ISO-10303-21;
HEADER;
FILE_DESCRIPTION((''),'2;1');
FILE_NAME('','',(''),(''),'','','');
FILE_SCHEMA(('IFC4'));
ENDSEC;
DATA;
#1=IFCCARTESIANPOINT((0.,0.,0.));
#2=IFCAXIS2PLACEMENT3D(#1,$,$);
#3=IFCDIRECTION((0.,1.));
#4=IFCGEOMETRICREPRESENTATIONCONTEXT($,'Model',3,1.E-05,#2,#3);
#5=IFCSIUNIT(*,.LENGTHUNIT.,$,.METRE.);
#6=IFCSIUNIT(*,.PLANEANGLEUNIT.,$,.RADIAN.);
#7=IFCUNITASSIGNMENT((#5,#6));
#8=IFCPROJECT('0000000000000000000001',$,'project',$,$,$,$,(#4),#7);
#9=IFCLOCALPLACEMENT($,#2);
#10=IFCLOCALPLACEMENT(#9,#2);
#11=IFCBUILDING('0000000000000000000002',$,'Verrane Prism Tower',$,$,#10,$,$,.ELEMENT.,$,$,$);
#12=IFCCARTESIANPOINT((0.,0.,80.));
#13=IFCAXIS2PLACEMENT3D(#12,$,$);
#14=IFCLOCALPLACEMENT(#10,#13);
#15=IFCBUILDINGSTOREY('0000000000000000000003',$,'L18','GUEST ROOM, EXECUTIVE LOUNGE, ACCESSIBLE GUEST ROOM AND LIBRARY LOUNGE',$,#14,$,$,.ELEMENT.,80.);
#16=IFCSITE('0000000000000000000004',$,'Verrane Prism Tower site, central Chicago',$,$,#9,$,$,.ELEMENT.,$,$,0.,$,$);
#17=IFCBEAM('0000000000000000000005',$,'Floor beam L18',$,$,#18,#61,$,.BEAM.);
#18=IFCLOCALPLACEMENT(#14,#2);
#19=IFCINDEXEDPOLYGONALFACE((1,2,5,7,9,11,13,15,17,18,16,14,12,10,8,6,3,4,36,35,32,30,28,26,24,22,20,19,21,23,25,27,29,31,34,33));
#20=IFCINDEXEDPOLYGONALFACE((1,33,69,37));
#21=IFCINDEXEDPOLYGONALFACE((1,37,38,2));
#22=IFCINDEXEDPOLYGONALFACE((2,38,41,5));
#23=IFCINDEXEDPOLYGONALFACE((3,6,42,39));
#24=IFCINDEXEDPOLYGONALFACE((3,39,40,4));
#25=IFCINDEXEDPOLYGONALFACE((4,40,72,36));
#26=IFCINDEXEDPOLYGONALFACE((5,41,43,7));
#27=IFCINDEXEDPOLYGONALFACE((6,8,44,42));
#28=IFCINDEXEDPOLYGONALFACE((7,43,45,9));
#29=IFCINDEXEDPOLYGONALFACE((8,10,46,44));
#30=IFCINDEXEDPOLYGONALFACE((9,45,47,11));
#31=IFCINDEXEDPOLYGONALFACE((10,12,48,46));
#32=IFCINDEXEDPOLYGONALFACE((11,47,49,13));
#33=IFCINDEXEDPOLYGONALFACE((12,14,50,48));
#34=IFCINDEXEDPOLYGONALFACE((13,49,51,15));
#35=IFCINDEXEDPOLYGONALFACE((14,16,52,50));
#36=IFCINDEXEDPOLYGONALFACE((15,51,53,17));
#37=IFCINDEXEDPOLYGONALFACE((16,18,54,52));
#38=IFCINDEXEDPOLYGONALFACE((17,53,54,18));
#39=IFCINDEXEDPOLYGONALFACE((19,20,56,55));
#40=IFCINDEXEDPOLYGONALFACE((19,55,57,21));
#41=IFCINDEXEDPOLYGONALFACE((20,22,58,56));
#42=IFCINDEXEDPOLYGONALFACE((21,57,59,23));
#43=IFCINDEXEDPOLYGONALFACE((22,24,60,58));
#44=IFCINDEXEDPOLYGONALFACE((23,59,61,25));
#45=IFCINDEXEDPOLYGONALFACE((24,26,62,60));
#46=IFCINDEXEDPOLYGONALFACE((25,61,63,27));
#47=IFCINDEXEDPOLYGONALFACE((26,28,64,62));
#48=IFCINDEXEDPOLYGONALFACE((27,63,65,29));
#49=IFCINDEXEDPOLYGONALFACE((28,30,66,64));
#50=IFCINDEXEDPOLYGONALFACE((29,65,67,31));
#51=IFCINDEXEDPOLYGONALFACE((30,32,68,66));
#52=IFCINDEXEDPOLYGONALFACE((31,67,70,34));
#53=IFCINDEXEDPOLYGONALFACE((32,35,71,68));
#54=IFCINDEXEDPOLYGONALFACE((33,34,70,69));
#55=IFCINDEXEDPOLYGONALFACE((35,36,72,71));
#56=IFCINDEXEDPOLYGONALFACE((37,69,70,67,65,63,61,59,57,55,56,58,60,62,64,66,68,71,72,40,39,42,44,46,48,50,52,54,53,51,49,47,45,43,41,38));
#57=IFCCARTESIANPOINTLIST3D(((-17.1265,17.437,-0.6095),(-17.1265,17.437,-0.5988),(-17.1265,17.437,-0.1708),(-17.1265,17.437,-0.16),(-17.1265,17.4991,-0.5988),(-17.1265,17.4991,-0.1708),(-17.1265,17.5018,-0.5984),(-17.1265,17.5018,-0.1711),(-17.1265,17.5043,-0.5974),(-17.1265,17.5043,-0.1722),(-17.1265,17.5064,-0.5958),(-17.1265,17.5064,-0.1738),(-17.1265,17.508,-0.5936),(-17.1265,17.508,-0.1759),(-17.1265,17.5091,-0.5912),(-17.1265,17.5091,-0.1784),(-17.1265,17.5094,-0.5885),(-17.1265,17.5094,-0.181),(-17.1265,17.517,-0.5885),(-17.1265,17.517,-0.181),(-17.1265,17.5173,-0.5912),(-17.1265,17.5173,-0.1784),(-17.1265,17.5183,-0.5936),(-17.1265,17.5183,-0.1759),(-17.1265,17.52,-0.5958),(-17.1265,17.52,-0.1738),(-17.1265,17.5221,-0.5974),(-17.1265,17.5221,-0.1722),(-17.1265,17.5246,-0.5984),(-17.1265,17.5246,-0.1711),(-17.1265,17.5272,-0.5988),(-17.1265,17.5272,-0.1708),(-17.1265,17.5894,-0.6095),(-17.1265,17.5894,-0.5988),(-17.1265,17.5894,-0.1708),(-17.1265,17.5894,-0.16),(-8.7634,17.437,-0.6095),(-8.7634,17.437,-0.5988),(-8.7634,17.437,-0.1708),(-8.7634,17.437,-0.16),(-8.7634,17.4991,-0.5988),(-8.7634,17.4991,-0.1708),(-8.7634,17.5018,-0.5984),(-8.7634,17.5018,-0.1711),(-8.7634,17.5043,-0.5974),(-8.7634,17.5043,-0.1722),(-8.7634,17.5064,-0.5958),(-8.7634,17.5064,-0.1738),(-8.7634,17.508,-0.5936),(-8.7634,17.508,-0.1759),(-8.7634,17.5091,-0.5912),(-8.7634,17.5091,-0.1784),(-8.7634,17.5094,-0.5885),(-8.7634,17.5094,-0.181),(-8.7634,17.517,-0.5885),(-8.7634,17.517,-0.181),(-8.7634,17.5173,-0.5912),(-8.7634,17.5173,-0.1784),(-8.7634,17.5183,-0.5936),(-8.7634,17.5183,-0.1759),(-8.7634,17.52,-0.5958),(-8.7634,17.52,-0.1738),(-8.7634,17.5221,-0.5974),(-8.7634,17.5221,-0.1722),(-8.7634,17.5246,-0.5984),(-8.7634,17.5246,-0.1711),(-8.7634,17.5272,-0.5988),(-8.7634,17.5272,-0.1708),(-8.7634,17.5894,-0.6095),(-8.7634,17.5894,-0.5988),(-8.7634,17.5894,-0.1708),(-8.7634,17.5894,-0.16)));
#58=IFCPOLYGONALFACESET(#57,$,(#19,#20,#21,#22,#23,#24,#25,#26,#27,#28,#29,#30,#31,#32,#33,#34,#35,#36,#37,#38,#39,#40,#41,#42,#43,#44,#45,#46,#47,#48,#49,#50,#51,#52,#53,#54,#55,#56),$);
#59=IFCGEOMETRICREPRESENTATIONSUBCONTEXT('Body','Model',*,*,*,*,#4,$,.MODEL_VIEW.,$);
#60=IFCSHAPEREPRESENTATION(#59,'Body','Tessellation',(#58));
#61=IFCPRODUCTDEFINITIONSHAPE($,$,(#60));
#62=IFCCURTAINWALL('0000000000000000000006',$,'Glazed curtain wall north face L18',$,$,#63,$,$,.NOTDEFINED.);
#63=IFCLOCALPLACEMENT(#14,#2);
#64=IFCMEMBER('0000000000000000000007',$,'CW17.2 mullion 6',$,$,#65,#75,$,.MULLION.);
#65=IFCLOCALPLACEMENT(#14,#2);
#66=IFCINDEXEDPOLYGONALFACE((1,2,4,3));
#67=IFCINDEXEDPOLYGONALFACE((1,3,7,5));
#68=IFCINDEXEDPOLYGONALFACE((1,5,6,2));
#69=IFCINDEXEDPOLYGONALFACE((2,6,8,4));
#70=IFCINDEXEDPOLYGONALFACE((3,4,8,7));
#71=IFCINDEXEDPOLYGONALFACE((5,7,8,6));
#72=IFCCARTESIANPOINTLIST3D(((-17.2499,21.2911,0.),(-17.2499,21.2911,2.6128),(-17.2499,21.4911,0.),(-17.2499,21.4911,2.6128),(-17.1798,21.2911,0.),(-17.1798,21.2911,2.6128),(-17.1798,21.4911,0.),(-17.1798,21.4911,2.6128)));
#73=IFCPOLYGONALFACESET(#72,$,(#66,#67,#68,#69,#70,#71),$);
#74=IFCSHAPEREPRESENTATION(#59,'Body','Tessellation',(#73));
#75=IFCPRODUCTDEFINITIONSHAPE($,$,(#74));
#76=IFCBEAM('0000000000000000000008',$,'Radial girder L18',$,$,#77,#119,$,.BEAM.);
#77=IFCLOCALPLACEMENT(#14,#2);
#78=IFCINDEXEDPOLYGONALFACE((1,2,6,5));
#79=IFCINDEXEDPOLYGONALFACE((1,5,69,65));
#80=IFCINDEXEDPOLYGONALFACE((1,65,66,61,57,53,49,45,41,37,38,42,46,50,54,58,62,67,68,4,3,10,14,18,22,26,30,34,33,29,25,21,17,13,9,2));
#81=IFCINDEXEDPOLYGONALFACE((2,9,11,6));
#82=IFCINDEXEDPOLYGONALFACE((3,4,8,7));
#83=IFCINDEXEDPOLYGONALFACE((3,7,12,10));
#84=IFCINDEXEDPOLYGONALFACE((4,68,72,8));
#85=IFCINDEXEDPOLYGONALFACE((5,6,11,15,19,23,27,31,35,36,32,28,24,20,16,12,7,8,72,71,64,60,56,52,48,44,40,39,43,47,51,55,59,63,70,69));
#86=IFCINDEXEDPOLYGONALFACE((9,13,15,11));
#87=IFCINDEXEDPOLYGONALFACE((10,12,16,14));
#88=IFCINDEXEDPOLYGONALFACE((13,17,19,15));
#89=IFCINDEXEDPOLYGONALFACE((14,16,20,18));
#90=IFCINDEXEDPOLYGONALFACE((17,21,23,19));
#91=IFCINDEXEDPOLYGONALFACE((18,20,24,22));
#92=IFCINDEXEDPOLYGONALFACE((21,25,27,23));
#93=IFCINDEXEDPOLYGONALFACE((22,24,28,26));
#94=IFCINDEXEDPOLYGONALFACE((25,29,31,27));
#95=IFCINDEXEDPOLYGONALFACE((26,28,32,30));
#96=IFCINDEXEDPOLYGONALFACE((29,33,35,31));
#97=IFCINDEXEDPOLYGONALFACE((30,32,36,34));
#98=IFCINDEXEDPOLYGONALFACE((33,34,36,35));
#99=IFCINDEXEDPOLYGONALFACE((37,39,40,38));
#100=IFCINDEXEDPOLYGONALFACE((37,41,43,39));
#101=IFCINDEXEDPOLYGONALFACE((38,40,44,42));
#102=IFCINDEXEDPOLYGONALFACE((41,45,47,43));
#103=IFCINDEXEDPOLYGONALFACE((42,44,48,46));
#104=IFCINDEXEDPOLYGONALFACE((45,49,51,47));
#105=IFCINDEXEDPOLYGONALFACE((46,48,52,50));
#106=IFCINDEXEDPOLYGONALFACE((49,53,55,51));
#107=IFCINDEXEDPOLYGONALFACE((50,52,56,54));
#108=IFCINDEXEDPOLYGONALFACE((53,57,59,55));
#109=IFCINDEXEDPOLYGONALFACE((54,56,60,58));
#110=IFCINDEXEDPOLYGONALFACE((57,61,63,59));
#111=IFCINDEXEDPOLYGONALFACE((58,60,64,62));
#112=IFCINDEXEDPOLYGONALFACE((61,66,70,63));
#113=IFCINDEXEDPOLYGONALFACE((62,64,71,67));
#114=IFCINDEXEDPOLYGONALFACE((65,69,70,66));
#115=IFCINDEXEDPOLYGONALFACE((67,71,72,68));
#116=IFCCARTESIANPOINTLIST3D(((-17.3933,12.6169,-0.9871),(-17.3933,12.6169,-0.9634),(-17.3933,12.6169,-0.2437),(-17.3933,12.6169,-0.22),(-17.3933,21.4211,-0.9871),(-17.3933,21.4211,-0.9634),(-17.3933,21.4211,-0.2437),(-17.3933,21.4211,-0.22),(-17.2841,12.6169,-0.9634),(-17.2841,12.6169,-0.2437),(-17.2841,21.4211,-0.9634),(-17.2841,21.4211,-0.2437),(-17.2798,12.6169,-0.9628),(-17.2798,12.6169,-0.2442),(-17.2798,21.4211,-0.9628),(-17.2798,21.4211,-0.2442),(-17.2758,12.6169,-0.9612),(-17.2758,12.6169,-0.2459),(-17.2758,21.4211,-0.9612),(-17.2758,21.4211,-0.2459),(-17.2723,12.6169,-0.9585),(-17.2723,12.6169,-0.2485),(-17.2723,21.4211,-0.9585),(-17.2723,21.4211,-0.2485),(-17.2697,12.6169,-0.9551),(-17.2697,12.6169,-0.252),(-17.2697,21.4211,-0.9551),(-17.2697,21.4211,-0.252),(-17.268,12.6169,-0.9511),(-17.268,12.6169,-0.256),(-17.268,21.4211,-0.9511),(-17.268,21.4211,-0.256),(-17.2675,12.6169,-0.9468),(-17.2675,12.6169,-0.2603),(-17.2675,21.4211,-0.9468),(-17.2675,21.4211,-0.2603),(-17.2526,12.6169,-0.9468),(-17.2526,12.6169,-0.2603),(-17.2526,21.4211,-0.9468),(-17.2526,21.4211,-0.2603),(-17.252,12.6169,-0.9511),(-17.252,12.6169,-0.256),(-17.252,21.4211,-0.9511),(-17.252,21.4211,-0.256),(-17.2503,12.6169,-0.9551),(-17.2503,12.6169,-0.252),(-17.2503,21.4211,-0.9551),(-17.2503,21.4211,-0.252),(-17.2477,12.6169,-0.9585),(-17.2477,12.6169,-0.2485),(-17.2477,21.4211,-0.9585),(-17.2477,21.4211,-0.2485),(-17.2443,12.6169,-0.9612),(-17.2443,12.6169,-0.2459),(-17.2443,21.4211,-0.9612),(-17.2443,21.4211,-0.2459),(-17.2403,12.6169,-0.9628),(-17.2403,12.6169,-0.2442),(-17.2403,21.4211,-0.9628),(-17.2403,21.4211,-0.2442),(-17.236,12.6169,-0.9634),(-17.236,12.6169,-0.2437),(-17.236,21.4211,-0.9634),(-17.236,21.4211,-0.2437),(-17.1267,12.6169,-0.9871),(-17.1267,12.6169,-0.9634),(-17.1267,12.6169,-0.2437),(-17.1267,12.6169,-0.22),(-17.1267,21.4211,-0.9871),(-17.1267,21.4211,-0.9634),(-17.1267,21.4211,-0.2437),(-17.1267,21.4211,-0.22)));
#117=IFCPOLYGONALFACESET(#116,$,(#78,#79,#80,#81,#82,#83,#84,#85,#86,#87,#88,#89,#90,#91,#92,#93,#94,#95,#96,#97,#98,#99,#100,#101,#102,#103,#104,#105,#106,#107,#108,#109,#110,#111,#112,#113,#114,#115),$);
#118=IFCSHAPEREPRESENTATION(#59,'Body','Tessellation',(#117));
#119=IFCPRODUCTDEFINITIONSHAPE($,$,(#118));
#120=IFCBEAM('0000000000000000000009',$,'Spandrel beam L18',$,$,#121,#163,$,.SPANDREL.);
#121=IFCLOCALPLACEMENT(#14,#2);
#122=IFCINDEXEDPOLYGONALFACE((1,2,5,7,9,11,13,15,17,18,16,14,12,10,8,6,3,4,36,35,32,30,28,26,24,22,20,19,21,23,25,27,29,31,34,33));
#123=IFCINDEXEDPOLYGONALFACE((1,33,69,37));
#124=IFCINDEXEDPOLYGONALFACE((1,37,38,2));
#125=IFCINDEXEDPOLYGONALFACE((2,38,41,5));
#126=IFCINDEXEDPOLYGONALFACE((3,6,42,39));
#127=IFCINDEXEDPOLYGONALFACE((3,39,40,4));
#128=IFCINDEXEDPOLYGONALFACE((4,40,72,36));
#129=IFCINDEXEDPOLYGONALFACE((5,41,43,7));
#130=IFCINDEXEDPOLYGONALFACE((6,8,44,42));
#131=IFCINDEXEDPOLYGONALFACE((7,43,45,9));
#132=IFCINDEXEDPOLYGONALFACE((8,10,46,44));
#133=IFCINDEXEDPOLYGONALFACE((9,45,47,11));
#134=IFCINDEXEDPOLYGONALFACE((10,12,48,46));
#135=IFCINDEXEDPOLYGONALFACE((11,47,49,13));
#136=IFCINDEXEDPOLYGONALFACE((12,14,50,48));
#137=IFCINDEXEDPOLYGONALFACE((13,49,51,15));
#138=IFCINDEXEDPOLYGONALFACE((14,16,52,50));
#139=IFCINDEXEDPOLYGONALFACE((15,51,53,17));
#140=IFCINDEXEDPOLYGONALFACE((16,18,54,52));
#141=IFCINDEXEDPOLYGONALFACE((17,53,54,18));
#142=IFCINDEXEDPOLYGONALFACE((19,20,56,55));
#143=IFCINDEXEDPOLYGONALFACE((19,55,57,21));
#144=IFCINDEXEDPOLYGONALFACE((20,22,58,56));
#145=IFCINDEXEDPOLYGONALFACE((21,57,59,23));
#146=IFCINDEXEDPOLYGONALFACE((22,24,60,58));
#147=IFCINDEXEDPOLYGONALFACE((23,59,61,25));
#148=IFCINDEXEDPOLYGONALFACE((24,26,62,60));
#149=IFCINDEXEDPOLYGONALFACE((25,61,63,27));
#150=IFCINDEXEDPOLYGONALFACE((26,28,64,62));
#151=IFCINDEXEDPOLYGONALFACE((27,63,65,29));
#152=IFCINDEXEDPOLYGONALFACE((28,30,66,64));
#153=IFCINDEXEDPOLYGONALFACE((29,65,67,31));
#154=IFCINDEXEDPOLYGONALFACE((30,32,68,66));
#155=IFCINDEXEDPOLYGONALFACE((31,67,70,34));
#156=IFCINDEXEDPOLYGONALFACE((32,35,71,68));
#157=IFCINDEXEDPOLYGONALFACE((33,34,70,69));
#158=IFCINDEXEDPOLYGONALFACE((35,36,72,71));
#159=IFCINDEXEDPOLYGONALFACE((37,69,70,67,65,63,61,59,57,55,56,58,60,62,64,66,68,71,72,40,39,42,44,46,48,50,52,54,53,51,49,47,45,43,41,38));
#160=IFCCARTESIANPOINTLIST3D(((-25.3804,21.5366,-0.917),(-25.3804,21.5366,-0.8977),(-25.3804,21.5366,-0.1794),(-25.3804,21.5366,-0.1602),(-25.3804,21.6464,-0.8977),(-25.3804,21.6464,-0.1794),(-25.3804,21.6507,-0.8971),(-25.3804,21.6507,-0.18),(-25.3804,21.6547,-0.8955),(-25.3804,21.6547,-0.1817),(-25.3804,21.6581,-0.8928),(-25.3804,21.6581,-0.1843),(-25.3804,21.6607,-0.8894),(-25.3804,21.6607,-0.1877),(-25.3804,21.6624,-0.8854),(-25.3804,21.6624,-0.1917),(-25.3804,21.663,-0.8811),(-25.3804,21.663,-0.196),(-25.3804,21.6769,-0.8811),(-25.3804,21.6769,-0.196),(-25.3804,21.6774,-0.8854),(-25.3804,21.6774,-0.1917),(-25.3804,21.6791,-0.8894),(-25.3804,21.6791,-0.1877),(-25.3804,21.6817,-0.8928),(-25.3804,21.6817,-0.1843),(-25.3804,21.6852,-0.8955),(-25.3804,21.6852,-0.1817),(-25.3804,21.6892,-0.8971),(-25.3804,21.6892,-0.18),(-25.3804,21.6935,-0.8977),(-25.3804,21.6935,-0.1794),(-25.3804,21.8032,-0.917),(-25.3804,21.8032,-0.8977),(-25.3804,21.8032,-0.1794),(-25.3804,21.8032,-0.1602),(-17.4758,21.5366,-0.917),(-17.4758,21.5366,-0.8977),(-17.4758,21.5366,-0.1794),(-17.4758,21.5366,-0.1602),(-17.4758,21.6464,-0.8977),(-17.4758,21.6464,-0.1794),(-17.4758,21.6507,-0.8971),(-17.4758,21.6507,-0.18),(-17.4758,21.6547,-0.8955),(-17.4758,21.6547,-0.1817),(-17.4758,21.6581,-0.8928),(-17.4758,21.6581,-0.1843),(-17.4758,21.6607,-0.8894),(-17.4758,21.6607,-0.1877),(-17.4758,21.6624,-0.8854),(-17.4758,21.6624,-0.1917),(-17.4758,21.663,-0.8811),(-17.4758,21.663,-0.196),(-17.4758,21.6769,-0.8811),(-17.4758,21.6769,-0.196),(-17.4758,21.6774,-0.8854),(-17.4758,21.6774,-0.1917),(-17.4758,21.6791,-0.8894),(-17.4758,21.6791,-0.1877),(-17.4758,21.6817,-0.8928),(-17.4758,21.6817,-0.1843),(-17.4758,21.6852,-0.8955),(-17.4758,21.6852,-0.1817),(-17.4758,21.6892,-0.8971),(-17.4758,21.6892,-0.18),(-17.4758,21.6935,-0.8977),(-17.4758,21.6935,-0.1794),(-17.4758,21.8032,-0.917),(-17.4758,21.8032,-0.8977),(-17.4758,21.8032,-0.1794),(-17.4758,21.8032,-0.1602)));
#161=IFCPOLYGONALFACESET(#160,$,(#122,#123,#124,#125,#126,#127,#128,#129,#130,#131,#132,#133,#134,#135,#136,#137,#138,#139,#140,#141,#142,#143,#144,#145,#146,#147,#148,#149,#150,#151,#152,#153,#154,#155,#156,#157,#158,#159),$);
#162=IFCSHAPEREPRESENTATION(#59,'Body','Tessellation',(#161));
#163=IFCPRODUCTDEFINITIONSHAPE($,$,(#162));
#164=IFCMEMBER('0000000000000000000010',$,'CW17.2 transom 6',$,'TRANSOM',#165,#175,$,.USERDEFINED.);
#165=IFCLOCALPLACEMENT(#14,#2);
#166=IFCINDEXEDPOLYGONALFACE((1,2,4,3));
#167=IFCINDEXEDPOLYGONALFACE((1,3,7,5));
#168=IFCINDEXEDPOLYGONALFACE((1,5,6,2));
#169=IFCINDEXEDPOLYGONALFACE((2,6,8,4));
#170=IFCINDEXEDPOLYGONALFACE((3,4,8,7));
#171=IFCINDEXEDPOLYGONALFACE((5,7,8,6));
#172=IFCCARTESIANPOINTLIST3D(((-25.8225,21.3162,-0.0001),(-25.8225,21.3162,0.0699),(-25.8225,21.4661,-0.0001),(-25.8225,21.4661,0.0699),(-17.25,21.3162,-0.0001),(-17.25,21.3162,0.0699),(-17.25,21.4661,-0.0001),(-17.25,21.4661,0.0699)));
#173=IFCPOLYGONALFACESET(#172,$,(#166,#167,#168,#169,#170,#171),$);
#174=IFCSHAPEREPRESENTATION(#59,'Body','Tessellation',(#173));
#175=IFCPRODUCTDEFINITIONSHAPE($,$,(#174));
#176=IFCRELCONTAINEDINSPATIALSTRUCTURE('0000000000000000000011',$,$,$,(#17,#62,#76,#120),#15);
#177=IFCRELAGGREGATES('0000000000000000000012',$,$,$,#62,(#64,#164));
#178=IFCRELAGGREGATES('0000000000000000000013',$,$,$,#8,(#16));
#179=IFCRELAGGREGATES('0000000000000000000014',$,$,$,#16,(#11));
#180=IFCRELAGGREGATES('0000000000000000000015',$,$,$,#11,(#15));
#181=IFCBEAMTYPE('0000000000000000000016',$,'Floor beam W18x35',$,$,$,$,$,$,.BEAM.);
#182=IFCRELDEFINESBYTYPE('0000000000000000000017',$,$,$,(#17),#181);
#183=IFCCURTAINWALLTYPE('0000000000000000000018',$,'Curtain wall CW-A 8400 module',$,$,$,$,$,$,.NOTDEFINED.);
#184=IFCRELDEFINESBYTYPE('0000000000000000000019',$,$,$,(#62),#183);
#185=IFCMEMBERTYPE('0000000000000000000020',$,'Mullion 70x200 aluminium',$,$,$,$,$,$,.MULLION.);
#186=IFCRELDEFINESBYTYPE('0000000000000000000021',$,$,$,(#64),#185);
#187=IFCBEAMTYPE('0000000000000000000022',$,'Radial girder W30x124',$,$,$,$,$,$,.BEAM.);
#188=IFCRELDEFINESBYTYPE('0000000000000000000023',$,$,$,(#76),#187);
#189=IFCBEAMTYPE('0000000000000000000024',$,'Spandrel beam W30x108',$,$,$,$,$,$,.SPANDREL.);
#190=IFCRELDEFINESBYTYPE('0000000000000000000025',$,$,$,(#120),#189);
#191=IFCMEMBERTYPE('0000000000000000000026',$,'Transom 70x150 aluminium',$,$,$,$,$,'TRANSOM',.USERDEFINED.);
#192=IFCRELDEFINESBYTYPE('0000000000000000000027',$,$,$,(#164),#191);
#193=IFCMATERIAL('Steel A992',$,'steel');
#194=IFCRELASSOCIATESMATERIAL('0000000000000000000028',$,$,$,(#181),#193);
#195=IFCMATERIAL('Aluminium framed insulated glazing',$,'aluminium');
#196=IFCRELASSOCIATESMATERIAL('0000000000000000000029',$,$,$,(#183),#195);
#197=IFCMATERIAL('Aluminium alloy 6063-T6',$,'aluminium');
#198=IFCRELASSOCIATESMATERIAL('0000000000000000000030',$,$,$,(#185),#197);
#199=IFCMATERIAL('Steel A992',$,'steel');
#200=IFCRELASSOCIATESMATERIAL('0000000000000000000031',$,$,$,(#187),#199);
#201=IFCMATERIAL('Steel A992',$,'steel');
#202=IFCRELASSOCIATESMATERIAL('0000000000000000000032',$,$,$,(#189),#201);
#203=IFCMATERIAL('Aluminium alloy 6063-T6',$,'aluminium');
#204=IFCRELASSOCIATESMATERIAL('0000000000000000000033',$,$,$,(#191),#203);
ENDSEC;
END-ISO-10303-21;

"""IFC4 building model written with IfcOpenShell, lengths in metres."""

from ifc_helpers import new_model, si_unit, direction, frame, origin, origin_2d, place, context, subcontext, project, spatial, rectangle, i_section, extrude, material, material_profile, profile_set, type_object, element, aggregate, save


model = new_model("IFC4")

# Units and contexts
model_context = context("Model", 3, precision=1e-05, world=origin(), true_north=direction((0.0, 1.0)))
body_context = subcontext(model_context, "Body", "Model", "MODEL_VIEW")
ifc_project = project(units=[si_unit("LENGTHUNIT", "METRE"), si_unit("PLANEANGLEUNIT", "RADIAN")], contexts=[model_context])

# Site, building, storey
site_placement = place(None, origin())
site = spatial("IfcSite", under=ifc_project, at=site_placement, Name="Verrane Prism Tower site, central Chicago", CompositionType="ELEMENT", RefElevation=0.0)
building_placement = place(site_placement, origin())
building = spatial("IfcBuilding", under=site, at=building_placement, Name="Verrane Prism Tower", CompositionType="ELEMENT")
storey_placement = place(building_placement, frame((0.0, 0.0, 80.0)))
storey = spatial("IfcBuildingStorey", under=building, at=storey_placement, Name="L18", Description="GUEST ROOM, EXECUTIVE LOUNGE, ACCESSIBLE GUEST ROOM AND LIBRARY LOUNGE", CompositionType="ELEMENT", Elevation=80.0)

# Beam
ifc_material_1 = material(Name="Steel A992", Category="steel")
ifc_material_profile_1 = material_profile(ifc_material_1, i_section(OverallWidth=0.1523, OverallDepth=0.4495, WebThickness=0.0076, FlangeThickness=0.0107, FilletRadius=0.0103, at=origin_2d()), Name="W18x35")
ifc_profile_set_1 = profile_set([ifc_material_profile_1], Name="Steel A992")
beam_type_1 = type_object("IfcBeamType", Name="Floor beam W18x35", PredefinedType="BEAM", material=ifc_profile_set_1)
for number, where, z_axis, x_axis, name in (
    (1, (-17.1265, 17.5132, -0.3848), (1.0, 0.0, 0.0), (0.0, 1.0, 0.0), "Floor beam L18"),
):
    element("IfcBeam", number, at=place(storey_placement, frame(where, z_axis=z_axis, x_axis=x_axis)), inside=storey, type_object=beam_type_1, Name=name, PredefinedType="BEAM", context=body_context, shape_type="SweptSolid", body=[
        extrude(i_section(OverallWidth=0.1523, OverallDepth=0.4495, WebThickness=0.0076, FlangeThickness=0.0107, FilletRadius=0.0103, at=origin_2d()), origin(), (0.0, 0.0, 1.0), 8.363),
    ])

# Curtain wall, member
ifc_material_2 = material(Name="Aluminium framed insulated glazing", Category="aluminium")
curtain_wall_type = type_object("IfcCurtainWallType", Name="Curtain wall CW-A 8400 module", PredefinedType="NOTDEFINED", material=ifc_material_2)
curtain_wall_placement = place(storey_placement, origin())
curtain_wall = element("IfcCurtainWall", 2, at=curtain_wall_placement, inside=storey, type_object=curtain_wall_type, Name="Glazed curtain wall north face L18", PredefinedType="NOTDEFINED")
ifc_material_3 = material(Name="Aluminium alloy 6063-T6", Category="aluminium")
ifc_material_profile_2 = material_profile(ifc_material_3, rectangle(XDim=0.2, YDim=0.0701, at=origin_2d()), Name="Mullion 70x200 aluminium")
ifc_profile_set_2 = profile_set([ifc_material_profile_2], Name="Aluminium alloy 6063-T6")
member_type_1 = type_object("IfcMemberType", Name="Mullion 70x200 aluminium", PredefinedType="MULLION", material=ifc_profile_set_2)
member_1_placement = place(storey_placement, frame((-17.2148, 21.3911, 0.0), z_axis=(0.0, 0.0, 1.0), x_axis=(0.0, -1.0, 0.0)))
member_1 = element("IfcMember", 3, at=member_1_placement, type_object=member_type_1, Name="CW17.2 mullion 6", PredefinedType="MULLION", context=body_context, shape_type="SweptSolid", body=[
    extrude(rectangle(XDim=0.2, YDim=0.0701, at=origin_2d()), origin(), (0.0, 0.0, 1.0), 2.6128),
])

# Beams
ifc_material_4 = material(Name="Steel A992", Category="steel")
ifc_material_profile_3 = material_profile(ifc_material_4, i_section(OverallWidth=0.2666, OverallDepth=0.7671, WebThickness=0.0149, FlangeThickness=0.0237, FilletRadius=0.0166, at=origin_2d()), Name="W30x124")
ifc_profile_set_3 = profile_set([ifc_material_profile_3], Name="Steel A992")
beam_type_2 = type_object("IfcBeamType", Name="Radial girder W30x124", PredefinedType="BEAM", material=ifc_profile_set_3)
beam_1_placement = place(storey_placement, frame((-17.26, 21.4211, -0.6035), z_axis=(0.0, -1.0, 0.0), x_axis=(1.0, 0.0, 0.0)))
element("IfcBeam", 4, at=beam_1_placement, inside=storey, type_object=beam_type_2, Name="Radial girder L18", PredefinedType="BEAM", context=body_context, shape_type="SweptSolid", body=[
    extrude(i_section(OverallWidth=0.2666, OverallDepth=0.7671, WebThickness=0.0149, FlangeThickness=0.0237, FilletRadius=0.0166, at=origin_2d()), origin(), (0.0, 0.0, 1.0), 8.8042),
])
ifc_material_5 = material(Name="Steel A992", Category="steel")
ifc_material_profile_4 = material_profile(ifc_material_5, i_section(OverallWidth=0.2666, OverallDepth=0.7568, WebThickness=0.0139, FlangeThickness=0.0193, FilletRadius=0.0166, at=origin_2d()), Name="W30x108")
ifc_profile_set_4 = profile_set([ifc_material_profile_4], Name="Steel A992")
beam_type_3 = type_object("IfcBeamType", Name="Spandrel beam W30x108", PredefinedType="SPANDREL", material=ifc_profile_set_4)
beam_2_placement = place(storey_placement, frame((-17.4758, 21.6699, -0.5386), z_axis=(-1.0, 0.0, 0.0), x_axis=(0.0, -1.0, 0.0)))
element("IfcBeam", 5, at=beam_2_placement, inside=storey, type_object=beam_type_3, Name="Spandrel beam L18", PredefinedType="SPANDREL", context=body_context, shape_type="SweptSolid", body=[
    extrude(i_section(OverallWidth=0.2666, OverallDepth=0.7568, WebThickness=0.0139, FlangeThickness=0.0193, FilletRadius=0.0166, at=origin_2d()), origin(), (0.0, 0.0, 1.0), 7.9045),
])

# Member
ifc_material_6 = material(Name="Aluminium alloy 6063-T6", Category="aluminium")
ifc_material_profile_5 = material_profile(ifc_material_6, rectangle(XDim=0.1499, YDim=0.0701, at=origin_2d()), Name="Transom 70x150 aluminium")
ifc_profile_set_5 = profile_set([ifc_material_profile_5], Name="Aluminium alloy 6063-T6")
member_type_2 = type_object("IfcMemberType", Name="Transom 70x150 aluminium", ElementType="TRANSOM", PredefinedType="USERDEFINED", material=ifc_profile_set_5)
member_2_placement = place(storey_placement, frame((-17.25, 21.3911, 0.0349), z_axis=(-1.0, 0.0, 0.0), x_axis=(0.0, -1.0, 0.0)))
member_2 = element("IfcMember", 6, at=member_2_placement, type_object=member_type_2, Name="CW17.2 transom 6", ObjectType="TRANSOM", PredefinedType="USERDEFINED", context=body_context, shape_type="SweptSolid", body=[
    extrude(rectangle(XDim=0.1499, YDim=0.0701, at=origin_2d()), origin(), (0.0, 0.0, 1.0), 8.5725),
])
aggregate(curtain_wall, [member_1, member_2])

save(model, "model.ifc")
